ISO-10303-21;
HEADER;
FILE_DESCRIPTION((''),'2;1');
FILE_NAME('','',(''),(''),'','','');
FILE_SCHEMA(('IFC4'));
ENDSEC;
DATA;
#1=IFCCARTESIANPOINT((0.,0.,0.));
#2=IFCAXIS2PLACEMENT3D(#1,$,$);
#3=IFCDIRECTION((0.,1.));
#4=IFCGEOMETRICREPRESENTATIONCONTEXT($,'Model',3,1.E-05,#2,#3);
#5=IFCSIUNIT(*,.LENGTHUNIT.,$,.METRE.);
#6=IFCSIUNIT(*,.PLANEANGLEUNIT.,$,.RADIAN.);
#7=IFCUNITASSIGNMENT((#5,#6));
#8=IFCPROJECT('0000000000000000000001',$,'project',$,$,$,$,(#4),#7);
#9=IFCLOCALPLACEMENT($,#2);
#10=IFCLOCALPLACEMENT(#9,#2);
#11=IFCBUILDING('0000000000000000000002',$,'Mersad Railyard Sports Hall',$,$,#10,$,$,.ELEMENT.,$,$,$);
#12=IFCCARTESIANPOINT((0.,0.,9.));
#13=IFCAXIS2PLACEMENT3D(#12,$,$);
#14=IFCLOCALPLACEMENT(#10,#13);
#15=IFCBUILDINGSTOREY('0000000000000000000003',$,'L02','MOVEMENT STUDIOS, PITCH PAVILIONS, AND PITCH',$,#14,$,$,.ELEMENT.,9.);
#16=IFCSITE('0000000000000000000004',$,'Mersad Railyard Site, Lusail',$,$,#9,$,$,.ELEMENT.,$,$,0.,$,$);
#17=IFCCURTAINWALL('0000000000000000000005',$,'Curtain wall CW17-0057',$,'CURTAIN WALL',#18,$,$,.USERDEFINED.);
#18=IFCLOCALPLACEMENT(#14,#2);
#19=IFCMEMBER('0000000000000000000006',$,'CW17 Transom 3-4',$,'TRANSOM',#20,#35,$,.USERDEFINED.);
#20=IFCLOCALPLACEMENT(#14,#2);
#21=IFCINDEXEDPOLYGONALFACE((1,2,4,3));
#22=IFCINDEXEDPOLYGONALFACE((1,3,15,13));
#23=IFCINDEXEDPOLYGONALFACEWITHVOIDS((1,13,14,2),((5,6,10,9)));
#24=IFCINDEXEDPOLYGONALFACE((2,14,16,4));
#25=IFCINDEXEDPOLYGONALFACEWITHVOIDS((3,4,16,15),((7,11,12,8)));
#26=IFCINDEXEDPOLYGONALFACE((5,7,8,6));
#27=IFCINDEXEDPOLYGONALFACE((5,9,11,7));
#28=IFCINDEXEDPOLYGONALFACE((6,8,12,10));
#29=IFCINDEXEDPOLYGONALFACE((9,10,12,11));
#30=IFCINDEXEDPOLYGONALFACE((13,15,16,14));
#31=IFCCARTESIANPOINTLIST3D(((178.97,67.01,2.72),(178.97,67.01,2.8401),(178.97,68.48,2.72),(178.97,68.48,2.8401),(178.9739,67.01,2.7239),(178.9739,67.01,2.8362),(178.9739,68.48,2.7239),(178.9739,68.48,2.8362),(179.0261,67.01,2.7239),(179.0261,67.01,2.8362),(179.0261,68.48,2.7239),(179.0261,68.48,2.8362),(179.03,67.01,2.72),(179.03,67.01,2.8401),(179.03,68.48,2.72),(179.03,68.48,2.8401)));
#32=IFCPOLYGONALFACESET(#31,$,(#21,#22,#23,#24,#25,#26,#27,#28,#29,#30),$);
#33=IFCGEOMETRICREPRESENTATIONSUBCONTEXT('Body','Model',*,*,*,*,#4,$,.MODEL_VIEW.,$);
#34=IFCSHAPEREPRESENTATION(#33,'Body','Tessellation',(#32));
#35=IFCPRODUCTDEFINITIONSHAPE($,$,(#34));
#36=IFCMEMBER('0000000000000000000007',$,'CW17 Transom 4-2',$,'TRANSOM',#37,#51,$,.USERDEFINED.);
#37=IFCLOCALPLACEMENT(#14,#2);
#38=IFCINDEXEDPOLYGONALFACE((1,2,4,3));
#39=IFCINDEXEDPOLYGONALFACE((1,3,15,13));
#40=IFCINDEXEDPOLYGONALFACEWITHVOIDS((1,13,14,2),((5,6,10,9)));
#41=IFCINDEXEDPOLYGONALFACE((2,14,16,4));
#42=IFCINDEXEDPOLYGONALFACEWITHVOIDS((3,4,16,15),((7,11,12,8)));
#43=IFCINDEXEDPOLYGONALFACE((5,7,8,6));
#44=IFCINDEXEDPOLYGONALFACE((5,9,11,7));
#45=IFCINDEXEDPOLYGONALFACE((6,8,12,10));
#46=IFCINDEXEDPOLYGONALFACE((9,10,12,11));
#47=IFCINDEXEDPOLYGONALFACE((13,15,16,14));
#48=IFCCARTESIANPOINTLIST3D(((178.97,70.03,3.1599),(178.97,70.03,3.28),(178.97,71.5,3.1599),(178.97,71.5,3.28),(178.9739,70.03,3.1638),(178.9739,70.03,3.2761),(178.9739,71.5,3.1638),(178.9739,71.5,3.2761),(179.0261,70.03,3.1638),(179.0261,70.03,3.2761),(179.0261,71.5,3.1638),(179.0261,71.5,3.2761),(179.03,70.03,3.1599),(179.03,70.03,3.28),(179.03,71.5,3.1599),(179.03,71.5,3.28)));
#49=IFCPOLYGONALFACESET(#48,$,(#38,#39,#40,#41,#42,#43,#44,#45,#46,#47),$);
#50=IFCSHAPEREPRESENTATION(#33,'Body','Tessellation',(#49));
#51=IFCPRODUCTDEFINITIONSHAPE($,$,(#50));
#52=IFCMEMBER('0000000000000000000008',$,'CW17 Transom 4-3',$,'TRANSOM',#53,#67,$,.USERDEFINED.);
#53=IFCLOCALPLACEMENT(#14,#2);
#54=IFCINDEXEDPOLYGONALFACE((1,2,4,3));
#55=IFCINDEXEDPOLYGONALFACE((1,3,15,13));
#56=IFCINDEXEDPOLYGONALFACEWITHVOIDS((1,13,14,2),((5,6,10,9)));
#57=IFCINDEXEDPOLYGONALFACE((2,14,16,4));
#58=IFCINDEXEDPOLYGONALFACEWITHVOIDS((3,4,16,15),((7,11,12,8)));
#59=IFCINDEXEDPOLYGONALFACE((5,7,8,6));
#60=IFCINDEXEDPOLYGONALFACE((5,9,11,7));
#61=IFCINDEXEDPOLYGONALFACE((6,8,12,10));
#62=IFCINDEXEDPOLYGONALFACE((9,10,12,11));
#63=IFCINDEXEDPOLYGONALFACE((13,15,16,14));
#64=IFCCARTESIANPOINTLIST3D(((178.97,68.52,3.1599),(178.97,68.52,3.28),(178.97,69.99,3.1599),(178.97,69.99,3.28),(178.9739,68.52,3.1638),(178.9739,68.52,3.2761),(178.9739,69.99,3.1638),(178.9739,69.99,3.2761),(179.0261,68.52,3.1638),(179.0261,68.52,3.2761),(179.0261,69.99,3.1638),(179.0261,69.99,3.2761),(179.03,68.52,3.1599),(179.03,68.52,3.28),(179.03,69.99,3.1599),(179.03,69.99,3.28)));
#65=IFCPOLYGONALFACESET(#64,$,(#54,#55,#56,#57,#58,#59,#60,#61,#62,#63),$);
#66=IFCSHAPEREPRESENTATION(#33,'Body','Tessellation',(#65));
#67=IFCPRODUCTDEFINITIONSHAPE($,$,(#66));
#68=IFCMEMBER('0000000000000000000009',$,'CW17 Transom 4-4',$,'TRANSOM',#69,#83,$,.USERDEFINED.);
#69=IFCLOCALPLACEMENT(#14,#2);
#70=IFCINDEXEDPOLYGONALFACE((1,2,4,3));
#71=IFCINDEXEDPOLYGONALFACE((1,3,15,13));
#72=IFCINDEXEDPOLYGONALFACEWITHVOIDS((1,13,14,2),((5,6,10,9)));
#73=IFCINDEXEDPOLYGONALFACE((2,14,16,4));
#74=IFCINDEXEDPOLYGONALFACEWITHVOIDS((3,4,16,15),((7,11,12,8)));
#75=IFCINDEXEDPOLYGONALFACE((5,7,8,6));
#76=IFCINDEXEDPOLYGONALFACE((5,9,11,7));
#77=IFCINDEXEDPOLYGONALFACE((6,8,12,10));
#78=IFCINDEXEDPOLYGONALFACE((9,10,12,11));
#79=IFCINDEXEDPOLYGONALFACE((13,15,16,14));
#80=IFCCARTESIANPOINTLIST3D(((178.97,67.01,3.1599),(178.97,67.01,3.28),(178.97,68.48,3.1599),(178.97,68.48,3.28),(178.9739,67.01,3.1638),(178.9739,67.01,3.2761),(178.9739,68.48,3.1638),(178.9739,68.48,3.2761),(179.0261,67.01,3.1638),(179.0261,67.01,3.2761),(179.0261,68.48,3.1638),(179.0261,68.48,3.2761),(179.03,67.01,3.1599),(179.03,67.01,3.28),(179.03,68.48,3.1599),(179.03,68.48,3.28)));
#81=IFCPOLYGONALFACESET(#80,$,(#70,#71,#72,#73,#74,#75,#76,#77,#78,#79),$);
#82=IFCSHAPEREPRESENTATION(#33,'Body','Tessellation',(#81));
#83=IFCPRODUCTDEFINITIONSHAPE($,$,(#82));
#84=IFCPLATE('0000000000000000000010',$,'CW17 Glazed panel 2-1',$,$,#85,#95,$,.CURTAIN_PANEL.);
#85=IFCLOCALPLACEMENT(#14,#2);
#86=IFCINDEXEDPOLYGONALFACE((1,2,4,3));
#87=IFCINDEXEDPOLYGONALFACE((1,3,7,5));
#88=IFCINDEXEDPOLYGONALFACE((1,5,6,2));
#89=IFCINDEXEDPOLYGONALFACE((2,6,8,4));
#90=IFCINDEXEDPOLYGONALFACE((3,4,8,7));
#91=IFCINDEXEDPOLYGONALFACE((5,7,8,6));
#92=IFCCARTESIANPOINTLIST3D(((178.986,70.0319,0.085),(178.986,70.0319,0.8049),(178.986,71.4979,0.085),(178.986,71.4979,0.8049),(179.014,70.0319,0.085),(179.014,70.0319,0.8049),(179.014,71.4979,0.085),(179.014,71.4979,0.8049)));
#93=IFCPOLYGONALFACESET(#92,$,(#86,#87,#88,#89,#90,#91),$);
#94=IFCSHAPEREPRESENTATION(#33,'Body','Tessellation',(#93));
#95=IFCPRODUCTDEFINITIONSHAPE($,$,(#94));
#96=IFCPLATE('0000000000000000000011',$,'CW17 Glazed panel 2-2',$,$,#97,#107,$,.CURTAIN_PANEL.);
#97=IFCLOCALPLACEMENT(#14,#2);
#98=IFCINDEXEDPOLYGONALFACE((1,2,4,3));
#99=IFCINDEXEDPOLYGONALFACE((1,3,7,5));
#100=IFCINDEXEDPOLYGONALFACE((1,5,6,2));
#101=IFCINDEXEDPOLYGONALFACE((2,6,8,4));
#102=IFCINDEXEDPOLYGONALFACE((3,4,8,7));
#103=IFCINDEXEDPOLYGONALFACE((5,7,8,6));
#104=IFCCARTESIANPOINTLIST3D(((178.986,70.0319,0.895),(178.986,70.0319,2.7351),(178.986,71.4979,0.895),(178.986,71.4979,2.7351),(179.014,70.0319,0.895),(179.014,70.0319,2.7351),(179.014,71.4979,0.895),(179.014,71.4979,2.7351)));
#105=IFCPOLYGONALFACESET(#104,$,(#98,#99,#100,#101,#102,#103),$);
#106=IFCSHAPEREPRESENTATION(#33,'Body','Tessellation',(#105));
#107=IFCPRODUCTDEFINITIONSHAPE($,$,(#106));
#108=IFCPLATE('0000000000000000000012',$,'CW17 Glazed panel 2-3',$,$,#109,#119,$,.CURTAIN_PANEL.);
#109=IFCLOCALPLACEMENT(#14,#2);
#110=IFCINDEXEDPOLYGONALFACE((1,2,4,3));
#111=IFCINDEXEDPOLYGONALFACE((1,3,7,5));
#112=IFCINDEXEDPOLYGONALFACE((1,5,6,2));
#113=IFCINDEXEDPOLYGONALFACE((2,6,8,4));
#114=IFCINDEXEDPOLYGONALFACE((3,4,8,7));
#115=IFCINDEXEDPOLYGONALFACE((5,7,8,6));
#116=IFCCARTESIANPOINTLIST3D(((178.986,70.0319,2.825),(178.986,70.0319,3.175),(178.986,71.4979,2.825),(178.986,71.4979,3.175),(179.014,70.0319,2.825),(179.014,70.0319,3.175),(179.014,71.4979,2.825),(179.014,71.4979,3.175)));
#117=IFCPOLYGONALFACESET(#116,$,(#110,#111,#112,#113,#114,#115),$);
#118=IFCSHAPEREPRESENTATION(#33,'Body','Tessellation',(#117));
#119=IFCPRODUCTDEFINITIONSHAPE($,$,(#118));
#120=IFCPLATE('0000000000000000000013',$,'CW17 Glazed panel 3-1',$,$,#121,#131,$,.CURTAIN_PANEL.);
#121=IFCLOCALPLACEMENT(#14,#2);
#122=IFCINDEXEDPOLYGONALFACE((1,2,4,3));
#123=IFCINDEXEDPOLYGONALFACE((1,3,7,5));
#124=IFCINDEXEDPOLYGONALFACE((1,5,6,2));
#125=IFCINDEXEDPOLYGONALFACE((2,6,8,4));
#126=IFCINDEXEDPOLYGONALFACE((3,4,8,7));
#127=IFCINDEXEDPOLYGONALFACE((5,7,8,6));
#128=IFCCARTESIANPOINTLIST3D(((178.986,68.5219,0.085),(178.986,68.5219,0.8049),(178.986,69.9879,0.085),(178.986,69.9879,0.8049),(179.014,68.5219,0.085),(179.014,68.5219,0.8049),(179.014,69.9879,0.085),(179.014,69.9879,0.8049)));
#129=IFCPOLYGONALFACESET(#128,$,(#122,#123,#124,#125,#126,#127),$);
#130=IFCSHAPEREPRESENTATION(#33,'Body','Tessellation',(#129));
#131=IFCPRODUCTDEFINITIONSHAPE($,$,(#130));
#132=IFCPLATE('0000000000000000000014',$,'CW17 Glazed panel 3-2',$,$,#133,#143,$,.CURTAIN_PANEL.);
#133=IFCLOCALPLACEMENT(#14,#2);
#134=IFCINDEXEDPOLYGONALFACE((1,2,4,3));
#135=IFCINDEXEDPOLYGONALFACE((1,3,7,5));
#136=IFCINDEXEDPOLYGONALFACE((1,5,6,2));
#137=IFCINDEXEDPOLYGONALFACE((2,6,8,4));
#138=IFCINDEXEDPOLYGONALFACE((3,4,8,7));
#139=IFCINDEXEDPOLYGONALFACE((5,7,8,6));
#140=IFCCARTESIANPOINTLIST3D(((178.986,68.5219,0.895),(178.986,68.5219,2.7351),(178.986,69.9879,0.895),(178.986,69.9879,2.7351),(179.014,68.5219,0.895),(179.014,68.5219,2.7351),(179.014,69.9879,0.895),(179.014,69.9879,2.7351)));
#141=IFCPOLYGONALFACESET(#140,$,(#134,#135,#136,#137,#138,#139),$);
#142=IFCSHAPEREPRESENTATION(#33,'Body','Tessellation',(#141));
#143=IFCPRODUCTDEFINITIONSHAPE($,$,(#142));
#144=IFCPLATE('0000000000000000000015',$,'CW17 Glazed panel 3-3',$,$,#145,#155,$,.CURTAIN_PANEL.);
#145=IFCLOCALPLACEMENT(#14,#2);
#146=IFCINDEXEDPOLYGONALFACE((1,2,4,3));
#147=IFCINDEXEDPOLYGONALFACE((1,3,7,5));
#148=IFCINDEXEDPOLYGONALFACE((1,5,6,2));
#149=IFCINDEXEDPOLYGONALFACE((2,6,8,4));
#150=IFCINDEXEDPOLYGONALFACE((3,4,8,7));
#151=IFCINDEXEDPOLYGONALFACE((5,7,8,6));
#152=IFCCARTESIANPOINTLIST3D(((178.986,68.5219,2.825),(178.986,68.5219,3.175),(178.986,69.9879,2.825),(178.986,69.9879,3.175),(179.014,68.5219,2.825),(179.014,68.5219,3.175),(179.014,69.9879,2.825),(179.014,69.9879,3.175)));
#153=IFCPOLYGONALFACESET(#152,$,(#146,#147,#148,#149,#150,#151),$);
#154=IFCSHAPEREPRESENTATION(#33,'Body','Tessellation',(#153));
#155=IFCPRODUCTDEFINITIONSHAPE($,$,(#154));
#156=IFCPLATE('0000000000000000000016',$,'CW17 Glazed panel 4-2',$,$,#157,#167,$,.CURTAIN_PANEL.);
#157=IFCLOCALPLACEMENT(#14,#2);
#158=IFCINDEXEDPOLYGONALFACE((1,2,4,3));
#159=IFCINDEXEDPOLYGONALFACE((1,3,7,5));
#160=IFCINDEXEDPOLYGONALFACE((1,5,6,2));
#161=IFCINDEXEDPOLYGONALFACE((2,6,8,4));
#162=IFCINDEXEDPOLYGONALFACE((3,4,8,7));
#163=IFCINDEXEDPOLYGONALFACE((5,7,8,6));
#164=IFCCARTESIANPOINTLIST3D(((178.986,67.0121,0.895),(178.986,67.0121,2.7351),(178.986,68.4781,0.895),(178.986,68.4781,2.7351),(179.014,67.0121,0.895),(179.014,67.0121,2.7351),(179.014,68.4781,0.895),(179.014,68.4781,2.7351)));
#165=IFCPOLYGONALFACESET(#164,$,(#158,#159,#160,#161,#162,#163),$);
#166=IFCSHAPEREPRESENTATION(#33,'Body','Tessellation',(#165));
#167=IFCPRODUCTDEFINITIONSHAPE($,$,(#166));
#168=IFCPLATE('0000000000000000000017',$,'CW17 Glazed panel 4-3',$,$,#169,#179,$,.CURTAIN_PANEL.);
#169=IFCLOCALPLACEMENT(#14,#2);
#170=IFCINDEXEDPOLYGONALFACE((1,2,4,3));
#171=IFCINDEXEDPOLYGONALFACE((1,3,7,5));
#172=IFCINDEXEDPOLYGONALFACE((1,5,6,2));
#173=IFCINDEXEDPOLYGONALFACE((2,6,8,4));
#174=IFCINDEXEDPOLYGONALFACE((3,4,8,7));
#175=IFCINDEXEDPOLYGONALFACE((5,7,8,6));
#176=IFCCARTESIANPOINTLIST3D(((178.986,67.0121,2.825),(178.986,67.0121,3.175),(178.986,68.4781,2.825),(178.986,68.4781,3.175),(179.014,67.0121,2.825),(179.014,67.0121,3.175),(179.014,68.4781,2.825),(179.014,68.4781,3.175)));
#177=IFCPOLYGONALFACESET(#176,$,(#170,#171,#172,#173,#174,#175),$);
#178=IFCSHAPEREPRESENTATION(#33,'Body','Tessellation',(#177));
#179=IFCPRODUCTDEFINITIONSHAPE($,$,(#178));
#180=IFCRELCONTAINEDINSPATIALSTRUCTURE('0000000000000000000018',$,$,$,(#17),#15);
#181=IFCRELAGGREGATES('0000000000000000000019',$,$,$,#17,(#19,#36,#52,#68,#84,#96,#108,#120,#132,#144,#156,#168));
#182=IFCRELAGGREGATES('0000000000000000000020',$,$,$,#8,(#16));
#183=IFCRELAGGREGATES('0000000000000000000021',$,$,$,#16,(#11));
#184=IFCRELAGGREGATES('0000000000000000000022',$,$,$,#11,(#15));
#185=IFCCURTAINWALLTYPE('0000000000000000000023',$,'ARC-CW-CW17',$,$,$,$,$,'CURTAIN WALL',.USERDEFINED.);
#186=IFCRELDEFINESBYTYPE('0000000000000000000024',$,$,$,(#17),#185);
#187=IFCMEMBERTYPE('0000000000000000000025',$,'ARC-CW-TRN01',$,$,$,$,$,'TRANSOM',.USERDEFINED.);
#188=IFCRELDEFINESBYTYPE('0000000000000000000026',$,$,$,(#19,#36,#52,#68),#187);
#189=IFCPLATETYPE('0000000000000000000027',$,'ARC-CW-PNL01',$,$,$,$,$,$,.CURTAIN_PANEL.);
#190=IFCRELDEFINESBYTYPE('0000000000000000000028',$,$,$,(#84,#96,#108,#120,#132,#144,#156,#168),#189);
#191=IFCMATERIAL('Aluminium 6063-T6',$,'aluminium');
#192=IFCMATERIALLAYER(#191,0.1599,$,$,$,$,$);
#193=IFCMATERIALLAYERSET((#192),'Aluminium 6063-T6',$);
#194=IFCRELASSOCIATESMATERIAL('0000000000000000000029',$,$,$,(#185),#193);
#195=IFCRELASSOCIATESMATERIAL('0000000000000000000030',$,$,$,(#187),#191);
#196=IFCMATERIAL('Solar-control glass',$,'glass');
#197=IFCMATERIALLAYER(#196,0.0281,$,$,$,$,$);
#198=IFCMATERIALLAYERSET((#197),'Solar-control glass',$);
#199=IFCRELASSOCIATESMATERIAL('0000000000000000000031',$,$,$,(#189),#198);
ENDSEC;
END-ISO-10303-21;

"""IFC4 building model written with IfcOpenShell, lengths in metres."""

from ifc_helpers import new_model, si_unit, direction, frame, origin, origin_2d, place, context, subcontext, project, spatial, rectangle, hollow_rectangle, extrude, material, layer, layer_set, material_profile, profile_set, type_object, element, aggregate, save


model = new_model("IFC4")

# Units and contexts
model_context = context("Model", 3, precision=1e-05, world=origin(), true_north=direction((0.0, 1.0)))
body_context = subcontext(model_context, "Body", "Model", "MODEL_VIEW")
ifc_project = project(units=[si_unit("LENGTHUNIT", "METRE"), si_unit("PLANEANGLEUNIT", "RADIAN")], contexts=[model_context])

# Site, building, storey
site_placement = place(None, origin())
site = spatial("IfcSite", under=ifc_project, at=site_placement, Name="Mersad Railyard Site, Lusail", CompositionType="ELEMENT", RefElevation=0.0)
building_placement = place(site_placement, origin())
building = spatial("IfcBuilding", under=site, at=building_placement, Name="Mersad Railyard Sports Hall", CompositionType="ELEMENT")
storey_placement = place(building_placement, frame((0.0, 0.0, 9.0)))
storey = spatial("IfcBuildingStorey", under=building, at=storey_placement, Name="L02", Description="MOVEMENT STUDIOS, PITCH PAVILIONS, AND PITCH", CompositionType="ELEMENT", Elevation=9.0)

# Curtain wall, members, plates
ifc_material_1 = material(Name="Aluminium 6063-T6", Category="aluminium")
ifc_layer_1 = layer(ifc_material_1, 0.1599)
ifc_layer_set_1 = layer_set([ifc_layer_1], Name="Aluminium 6063-T6")
curtain_wall_type = type_object("IfcCurtainWallType", Name="ARC-CW-CW17", ElementType="CURTAIN WALL", PredefinedType="USERDEFINED", material=ifc_layer_set_1)
curtain_wall_placement = place(storey_placement, origin())
curtain_wall = element("IfcCurtainWall", 1, at=curtain_wall_placement, inside=storey, type_object=curtain_wall_type, Name="Curtain wall CW17-0057", ObjectType="CURTAIN WALL", PredefinedType="USERDEFINED")
ifc_material_profile_1 = material_profile(ifc_material_1, hollow_rectangle(XDim=0.0601, YDim=0.1201, WallThickness=0.0039, at=origin_2d()), Name="AL TRANSOM 60x120x4")
ifc_profile_set_1 = profile_set([ifc_material_profile_1], Name="Aluminium 6063-T6")
member_type_1 = type_object("IfcMemberType", Name="ARC-CW-TRN01", ElementType="TRANSOM", PredefinedType="USERDEFINED", material=ifc_profile_set_1)
member_1_placement = place(storey_placement, frame((179.0, 68.48, 2.78), z_axis=(0.0, -1.0, 0.0), x_axis=(1.0, 0.0, 0.0)))
member_1 = element("IfcMember", 2, at=member_1_placement, type_object=member_type_1, Name="CW17 Transom 3-4", ObjectType="TRANSOM", PredefinedType="USERDEFINED", context=body_context, shape_type="SweptSolid", body=[
    extrude(hollow_rectangle(XDim=0.0601, YDim=0.1201, WallThickness=0.0039, at=origin_2d()), origin(), (0.0, 0.0, 1.0), 1.47),
])
member_2_placement = place(storey_placement, frame((179.0, 71.5, 3.22), z_axis=(0.0, -1.0, 0.0), x_axis=(1.0, 0.0, 0.0)))
member_2 = element("IfcMember", 3, at=member_2_placement, type_object=member_type_1, Name="CW17 Transom 4-2", ObjectType="TRANSOM", PredefinedType="USERDEFINED", context=body_context, shape_type="SweptSolid", body=[
    extrude(hollow_rectangle(XDim=0.0601, YDim=0.1201, WallThickness=0.0039, at=origin_2d()), origin(), (0.0, 0.0, 1.0), 1.47),
])
member_3_placement = place(storey_placement, frame((179.0, 69.99, 3.22), z_axis=(0.0, -1.0, 0.0), x_axis=(1.0, 0.0, 0.0)))
member_3 = element("IfcMember", 4, at=member_3_placement, type_object=member_type_1, Name="CW17 Transom 4-3", ObjectType="TRANSOM", PredefinedType="USERDEFINED", context=body_context, shape_type="SweptSolid", body=[
    extrude(hollow_rectangle(XDim=0.0601, YDim=0.1201, WallThickness=0.0039, at=origin_2d()), origin(), (0.0, 0.0, 1.0), 1.47),
])
member_4_placement = place(storey_placement, frame((179.0, 68.48, 3.22), z_axis=(0.0, -1.0, 0.0), x_axis=(1.0, 0.0, 0.0)))
member_4 = element("IfcMember", 5, at=member_4_placement, type_object=member_type_1, Name="CW17 Transom 4-4", ObjectType="TRANSOM", PredefinedType="USERDEFINED", context=body_context, shape_type="SweptSolid", body=[
    extrude(hollow_rectangle(XDim=0.0601, YDim=0.1201, WallThickness=0.0039, at=origin_2d()), origin(), (0.0, 0.0, 1.0), 1.47),
])
ifc_material_2 = material(Name="Solar-control glass", Category="glass")
ifc_layer_2 = layer(ifc_material_2, 0.0281)
ifc_layer_set_2 = layer_set([ifc_layer_2], Name="Solar-control glass")
plate_type = type_object("IfcPlateType", Name="ARC-CW-PNL01", PredefinedType="CURTAIN_PANEL", material=ifc_layer_set_2)
plate_1_placement = place(storey_placement, frame((179.0, 70.7649, 0.085), z_axis=(0.0, 0.0, 1.0), x_axis=(0.0, -1.0, 0.0)))
plate_1 = element("IfcPlate", 6, at=plate_1_placement, type_object=plate_type, Name="CW17 Glazed panel 2-1", PredefinedType="CURTAIN_PANEL", context=body_context, shape_type="SweptSolid", body=[
    extrude(rectangle(XDim=1.4661, YDim=0.0281, at=origin_2d()), origin(), (0.0, 0.0, 1.0), 0.72),
])
plate_2_placement = place(storey_placement, frame((179.0, 70.7649, 0.895), z_axis=(0.0, 0.0, 1.0), x_axis=(0.0, -1.0, 0.0)))
plate_2 = element("IfcPlate", 7, at=plate_2_placement, type_object=plate_type, Name="CW17 Glazed panel 2-2", PredefinedType="CURTAIN_PANEL", context=body_context, shape_type="SweptSolid", body=[
    extrude(rectangle(XDim=1.4661, YDim=0.0281, at=origin_2d()), origin(), (0.0, 0.0, 1.0), 1.8401),
])
plate_3_placement = place(storey_placement, frame((179.0, 70.7649, 2.825), z_axis=(0.0, 0.0, 1.0), x_axis=(0.0, -1.0, 0.0)))
plate_3 = element("IfcPlate", 8, at=plate_3_placement, type_object=plate_type, Name="CW17 Glazed panel 2-3", PredefinedType="CURTAIN_PANEL", context=body_context, shape_type="SweptSolid", body=[
    extrude(rectangle(XDim=1.4661, YDim=0.0281, at=origin_2d()), origin(), (0.0, 0.0, 1.0), 0.3501),
])
plate_4_placement = place(storey_placement, frame((179.0, 69.2549, 0.085), z_axis=(0.0, 0.0, 1.0), x_axis=(0.0, -1.0, 0.0)))
plate_4 = element("IfcPlate", 9, at=plate_4_placement, type_object=plate_type, Name="CW17 Glazed panel 3-1", PredefinedType="CURTAIN_PANEL", context=body_context, shape_type="SweptSolid", body=[
    extrude(rectangle(XDim=1.4661, YDim=0.0281, at=origin_2d()), origin(), (0.0, 0.0, 1.0), 0.72),
])
plate_5_placement = place(storey_placement, frame((179.0, 69.2549, 0.895), z_axis=(0.0, 0.0, 1.0), x_axis=(0.0, -1.0, 0.0)))
plate_5 = element("IfcPlate", 10, at=plate_5_placement, type_object=plate_type, Name="CW17 Glazed panel 3-2", PredefinedType="CURTAIN_PANEL", context=body_context, shape_type="SweptSolid", body=[
    extrude(rectangle(XDim=1.4661, YDim=0.0281, at=origin_2d()), origin(), (0.0, 0.0, 1.0), 1.8401),
])
plate_6_placement = place(storey_placement, frame((179.0, 69.2549, 2.825), z_axis=(0.0, 0.0, 1.0), x_axis=(0.0, -1.0, 0.0)))
plate_6 = element("IfcPlate", 11, at=plate_6_placement, type_object=plate_type, Name="CW17 Glazed panel 3-3", PredefinedType="CURTAIN_PANEL", context=body_context, shape_type="SweptSolid", body=[
    extrude(rectangle(XDim=1.4661, YDim=0.0281, at=origin_2d()), origin(), (0.0, 0.0, 1.0), 0.3501),
])
plate_7_placement = place(storey_placement, frame((179.0, 67.7451, 0.895), z_axis=(0.0, 0.0, 1.0), x_axis=(0.0, -1.0, 0.0)))
plate_7 = element("IfcPlate", 12, at=plate_7_placement, type_object=plate_type, Name="CW17 Glazed panel 4-2", PredefinedType="CURTAIN_PANEL", context=body_context, shape_type="SweptSolid", body=[
    extrude(rectangle(XDim=1.4661, YDim=0.0281, at=origin_2d()), origin(), (0.0, 0.0, 1.0), 1.8401),
])
plate_8_placement = place(storey_placement, frame((179.0, 67.7451, 2.825), z_axis=(0.0, 0.0, 1.0), x_axis=(0.0, -1.0, 0.0)))
plate_8 = element("IfcPlate", 13, at=plate_8_placement, type_object=plate_type, Name="CW17 Glazed panel 4-3", PredefinedType="CURTAIN_PANEL", context=body_context, shape_type="SweptSolid", body=[
    extrude(rectangle(XDim=1.4661, YDim=0.0281, at=origin_2d()), origin(), (0.0, 0.0, 1.0), 0.3501),
])
aggregate(curtain_wall, [member_1, member_2, member_3, member_4, plate_1, plate_2, plate_3, plate_4, plate_5, plate_6, plate_7, plate_8])

save(model, "model.ifc")
